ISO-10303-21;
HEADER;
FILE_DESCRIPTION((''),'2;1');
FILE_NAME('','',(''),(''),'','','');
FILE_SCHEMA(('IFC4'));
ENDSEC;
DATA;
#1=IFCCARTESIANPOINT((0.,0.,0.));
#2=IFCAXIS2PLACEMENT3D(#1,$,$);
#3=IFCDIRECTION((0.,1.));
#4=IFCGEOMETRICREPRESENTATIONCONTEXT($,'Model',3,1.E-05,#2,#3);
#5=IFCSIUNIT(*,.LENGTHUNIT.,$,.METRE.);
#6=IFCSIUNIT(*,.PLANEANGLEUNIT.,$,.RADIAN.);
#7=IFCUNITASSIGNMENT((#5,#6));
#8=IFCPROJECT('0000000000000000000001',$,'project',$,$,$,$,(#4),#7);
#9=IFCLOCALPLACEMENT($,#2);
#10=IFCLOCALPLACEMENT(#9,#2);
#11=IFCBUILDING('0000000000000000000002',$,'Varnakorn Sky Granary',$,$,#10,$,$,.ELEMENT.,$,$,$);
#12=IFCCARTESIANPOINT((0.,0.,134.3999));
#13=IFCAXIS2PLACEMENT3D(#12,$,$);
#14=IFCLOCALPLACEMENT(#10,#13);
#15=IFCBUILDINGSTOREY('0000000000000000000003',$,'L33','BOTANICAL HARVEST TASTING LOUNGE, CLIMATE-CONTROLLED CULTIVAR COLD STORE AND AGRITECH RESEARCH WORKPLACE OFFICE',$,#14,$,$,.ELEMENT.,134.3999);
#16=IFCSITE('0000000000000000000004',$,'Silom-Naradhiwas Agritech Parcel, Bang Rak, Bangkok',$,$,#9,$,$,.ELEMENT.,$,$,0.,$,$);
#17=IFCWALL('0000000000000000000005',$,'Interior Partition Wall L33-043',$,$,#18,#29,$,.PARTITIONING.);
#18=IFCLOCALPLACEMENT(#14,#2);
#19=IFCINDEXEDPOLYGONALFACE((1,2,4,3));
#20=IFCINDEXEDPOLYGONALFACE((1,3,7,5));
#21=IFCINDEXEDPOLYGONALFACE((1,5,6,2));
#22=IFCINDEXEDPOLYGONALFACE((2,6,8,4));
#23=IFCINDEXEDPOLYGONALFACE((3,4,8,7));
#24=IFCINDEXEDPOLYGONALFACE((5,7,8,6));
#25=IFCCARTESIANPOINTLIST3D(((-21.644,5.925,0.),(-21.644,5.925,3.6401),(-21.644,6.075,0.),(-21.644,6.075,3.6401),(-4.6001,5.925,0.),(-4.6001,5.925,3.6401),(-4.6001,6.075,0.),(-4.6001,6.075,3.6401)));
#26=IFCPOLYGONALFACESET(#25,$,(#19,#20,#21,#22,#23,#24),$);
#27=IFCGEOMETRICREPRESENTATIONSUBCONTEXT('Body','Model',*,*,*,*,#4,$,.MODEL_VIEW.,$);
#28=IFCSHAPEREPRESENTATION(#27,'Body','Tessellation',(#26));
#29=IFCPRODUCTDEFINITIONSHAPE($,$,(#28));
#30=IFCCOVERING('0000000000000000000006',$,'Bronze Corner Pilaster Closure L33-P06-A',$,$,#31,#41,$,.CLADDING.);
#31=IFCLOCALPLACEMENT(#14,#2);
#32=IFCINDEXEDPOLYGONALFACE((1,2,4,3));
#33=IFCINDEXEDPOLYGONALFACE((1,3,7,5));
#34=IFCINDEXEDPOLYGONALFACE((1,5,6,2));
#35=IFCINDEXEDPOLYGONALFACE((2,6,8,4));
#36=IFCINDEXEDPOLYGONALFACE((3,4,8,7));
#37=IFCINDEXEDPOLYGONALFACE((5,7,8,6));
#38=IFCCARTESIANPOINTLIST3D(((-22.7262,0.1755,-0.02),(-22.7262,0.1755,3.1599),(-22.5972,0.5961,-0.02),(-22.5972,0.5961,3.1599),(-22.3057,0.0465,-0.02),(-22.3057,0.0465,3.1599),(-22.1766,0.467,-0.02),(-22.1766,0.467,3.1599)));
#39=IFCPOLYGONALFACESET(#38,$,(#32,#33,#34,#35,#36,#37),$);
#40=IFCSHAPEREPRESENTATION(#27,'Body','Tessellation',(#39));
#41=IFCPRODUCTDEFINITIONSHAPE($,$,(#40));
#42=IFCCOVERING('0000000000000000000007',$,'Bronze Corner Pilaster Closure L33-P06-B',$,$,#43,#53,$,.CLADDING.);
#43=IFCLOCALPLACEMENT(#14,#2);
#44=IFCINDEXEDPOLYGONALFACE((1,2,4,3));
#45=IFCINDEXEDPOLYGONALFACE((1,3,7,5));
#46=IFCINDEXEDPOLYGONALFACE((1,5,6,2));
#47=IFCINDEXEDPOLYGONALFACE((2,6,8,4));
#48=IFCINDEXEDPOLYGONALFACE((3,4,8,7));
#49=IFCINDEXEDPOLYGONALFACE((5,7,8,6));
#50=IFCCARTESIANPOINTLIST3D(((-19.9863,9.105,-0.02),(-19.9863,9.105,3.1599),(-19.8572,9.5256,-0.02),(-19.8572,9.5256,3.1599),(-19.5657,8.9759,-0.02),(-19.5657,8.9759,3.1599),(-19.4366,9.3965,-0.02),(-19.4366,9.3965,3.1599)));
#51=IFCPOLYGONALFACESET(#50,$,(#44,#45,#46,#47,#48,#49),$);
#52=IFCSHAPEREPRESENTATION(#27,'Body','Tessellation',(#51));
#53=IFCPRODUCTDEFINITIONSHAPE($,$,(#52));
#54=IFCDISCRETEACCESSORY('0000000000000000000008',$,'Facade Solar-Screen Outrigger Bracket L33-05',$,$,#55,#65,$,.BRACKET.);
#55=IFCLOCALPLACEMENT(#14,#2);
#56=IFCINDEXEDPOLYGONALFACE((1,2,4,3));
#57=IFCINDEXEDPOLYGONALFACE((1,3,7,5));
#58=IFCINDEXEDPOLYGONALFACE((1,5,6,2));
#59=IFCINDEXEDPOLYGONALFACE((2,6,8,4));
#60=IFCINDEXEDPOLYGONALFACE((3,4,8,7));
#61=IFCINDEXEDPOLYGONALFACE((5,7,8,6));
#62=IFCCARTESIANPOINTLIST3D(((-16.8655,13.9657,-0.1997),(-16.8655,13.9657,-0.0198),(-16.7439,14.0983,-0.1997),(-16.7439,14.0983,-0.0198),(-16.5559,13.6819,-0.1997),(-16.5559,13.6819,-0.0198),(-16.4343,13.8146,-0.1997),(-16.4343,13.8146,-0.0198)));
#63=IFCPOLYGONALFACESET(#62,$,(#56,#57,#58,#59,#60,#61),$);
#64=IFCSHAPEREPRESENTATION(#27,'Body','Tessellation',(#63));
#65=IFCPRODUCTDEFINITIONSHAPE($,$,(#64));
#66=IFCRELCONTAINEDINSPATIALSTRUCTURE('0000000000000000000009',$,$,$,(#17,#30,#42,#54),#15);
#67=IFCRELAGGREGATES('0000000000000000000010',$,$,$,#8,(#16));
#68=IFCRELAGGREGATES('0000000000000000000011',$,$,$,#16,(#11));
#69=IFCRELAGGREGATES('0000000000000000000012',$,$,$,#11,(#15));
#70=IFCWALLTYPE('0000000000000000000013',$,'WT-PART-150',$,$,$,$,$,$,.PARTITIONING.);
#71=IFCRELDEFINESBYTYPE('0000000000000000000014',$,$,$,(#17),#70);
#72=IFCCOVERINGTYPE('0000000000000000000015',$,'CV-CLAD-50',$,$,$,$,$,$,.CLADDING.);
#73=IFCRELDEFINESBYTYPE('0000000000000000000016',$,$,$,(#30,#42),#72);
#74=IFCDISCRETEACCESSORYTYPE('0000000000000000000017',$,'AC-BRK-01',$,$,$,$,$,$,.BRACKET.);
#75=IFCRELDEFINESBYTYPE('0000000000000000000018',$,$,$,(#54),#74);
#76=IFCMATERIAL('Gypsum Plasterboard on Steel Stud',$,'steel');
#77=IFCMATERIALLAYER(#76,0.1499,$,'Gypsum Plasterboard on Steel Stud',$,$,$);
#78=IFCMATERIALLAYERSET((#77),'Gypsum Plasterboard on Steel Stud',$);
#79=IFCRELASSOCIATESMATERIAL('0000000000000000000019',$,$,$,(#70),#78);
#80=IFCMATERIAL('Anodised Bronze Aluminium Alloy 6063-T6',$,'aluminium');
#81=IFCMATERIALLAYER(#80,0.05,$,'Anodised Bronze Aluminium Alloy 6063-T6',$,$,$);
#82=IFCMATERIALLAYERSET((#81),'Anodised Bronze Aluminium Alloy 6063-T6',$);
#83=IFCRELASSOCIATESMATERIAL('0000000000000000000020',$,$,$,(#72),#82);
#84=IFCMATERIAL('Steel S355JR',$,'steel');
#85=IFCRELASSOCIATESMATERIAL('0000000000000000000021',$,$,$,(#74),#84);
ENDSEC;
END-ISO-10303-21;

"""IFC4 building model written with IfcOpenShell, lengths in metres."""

from ifc_helpers import new_model, si_unit, direction, frame, frame_2d, origin, origin_2d, place, context, subcontext, project, spatial, rectangle, extrude, source, transform, mapped, material, layer, layer_set, type_object, type_shapes, element, save


model = new_model("IFC4")

# Units and contexts
model_context = context("Model", 3, precision=1e-05, world=origin(), true_north=direction((0.0, 1.0)))
body_context = subcontext(model_context, "Body", "Model", "MODEL_VIEW")
ifc_project = project(units=[si_unit("LENGTHUNIT", "METRE"), si_unit("PLANEANGLEUNIT", "RADIAN")], contexts=[model_context])

# Site, building, storey
site_placement = place(None, origin())
site = spatial("IfcSite", under=ifc_project, at=site_placement, Name="Silom-Naradhiwas Agritech Parcel, Bang Rak, Bangkok", CompositionType="ELEMENT", RefElevation=0.0)
building_placement = place(site_placement, origin())
building = spatial("IfcBuilding", under=site, at=building_placement, Name="Varnakorn Sky Granary", CompositionType="ELEMENT")
storey_placement = place(building_placement, frame((0.0, 0.0, 134.3999)))
storey = spatial("IfcBuildingStorey", under=building, at=storey_placement, Name="L33", Description="BOTANICAL HARVEST TASTING LOUNGE, CLIMATE-CONTROLLED CULTIVAR COLD STORE AND AGRITECH RESEARCH WORKPLACE OFFICE", CompositionType="ELEMENT", Elevation=134.3999)

# Shared definitions
ifc_material_1 = material(Name="Steel S355JR", Category="steel")

# Shared definitions
ifc_material_2 = material(Name="Anodised Bronze Aluminium Alloy 6063-T6", Category="aluminium")

# Wall
ifc_material_3 = material(Name="Gypsum Plasterboard on Steel Stud", Category="steel")
ifc_layer_1 = layer(ifc_material_3, 0.1499, Name="Gypsum Plasterboard on Steel Stud")
ifc_layer_set_1 = layer_set([ifc_layer_1], Name="Gypsum Plasterboard on Steel Stud")
wall_type_1 = type_object("IfcWallType", Name="WT-PART-150", PredefinedType="PARTITIONING", material=ifc_layer_set_1)
wall_1_placement = place(storey_placement, frame((-21.644, 6.0, 0.0), z_axis=(0.0, 0.0, 1.0), x_axis=(1.0, 0.0, 0.0)))
element("IfcWall", 1, at=wall_1_placement, inside=storey, type_object=wall_type_1, Name="Interior Partition Wall L33-043", PredefinedType="PARTITIONING", context=body_context, shape_type="SweptSolid", body=[
    extrude(rectangle(XDim=17.0439, YDim=0.1499, at=frame_2d((8.522, 0.0))), origin(), (0.0, 0.0, 1.0), 3.6401),
])

# Coverings
ifc_layer_2 = layer(ifc_material_2, 0.05, Name="Anodised Bronze Aluminium Alloy 6063-T6")
ifc_layer_set_2 = layer_set([ifc_layer_2], Name="Anodised Bronze Aluminium Alloy 6063-T6")
covering_type = type_object("IfcCoveringType", Name="CV-CLAD-50", PredefinedType="CLADDING", material=ifc_layer_set_2)
shared_shape_1 = source(origin(), body_context, "Body", "SweptSolid", [
    extrude(rectangle(XDim=0.4399, YDim=0.4399, at=origin_2d()), origin(), (0.0, 0.0, 1.0), 3.1799),
])
type_shapes(covering_type, [shared_shape_1])
for number, where, z_axis, x_axis, name in (
    (2, (-22.4514, 0.3213, -0.02), (0.0, 0.0, 1.0), (0.293373, 0.955998, 0.0), "Bronze Corner Pilaster Closure L33-P06-A"),
    (3, (-19.7114, 9.2507, -0.02), (0.0, 0.0, 1.0), (0.293373, 0.955998, 0.0), "Bronze Corner Pilaster Closure L33-P06-B"),
):
    element("IfcCovering", number, at=place(storey_placement, frame(where, z_axis=z_axis, x_axis=x_axis)), inside=storey, type_object=covering_type, Name=name, PredefinedType="CLADDING", context=body_context, shape_type="MappedRepresentation", body=[
        mapped(shared_shape_1, transform((0.0, 0.0, 0.0), x_axis=(1.0, 0.0, 0.0), y_axis=(0.0, 1.0, 0.0), z_axis=(0.0, 0.0, 1.0), scale=1.0)),
    ])

# Discrete accessory
discrete_accessory_type = type_object("IfcDiscreteAccessoryType", Name="AC-BRK-01", PredefinedType="BRACKET", material=ifc_material_1)
shared_shape_2 = source(origin(), body_context, "Body", "SweptSolid", [
    extrude(rectangle(XDim=0.1799, YDim=0.4199, at=origin_2d()), origin(), (0.0, 0.0, 1.0), 0.1799),
])
type_shapes(discrete_accessory_type, [shared_shape_2])
discrete_accessory_placement = place(storey_placement, frame((-16.6499, 13.8901, -0.1997), z_axis=(0.0, 0.0, 1.0), x_axis=(-0.6758, -0.737085, 0.0)))
element("IfcDiscreteAccessory", 4, at=discrete_accessory_placement, inside=storey, type_object=discrete_accessory_type, Name="Facade Solar-Screen Outrigger Bracket L33-05", PredefinedType="BRACKET", context=body_context, shape_type="MappedRepresentation", body=[
    mapped(shared_shape_2, transform((0.0, 0.0, 0.0), x_axis=(1.0, 0.0, 0.0), y_axis=(0.0, 1.0, 0.0), z_axis=(0.0, 0.0, 1.0), scale=1.0)),
])

save(model, "model.ifc")
